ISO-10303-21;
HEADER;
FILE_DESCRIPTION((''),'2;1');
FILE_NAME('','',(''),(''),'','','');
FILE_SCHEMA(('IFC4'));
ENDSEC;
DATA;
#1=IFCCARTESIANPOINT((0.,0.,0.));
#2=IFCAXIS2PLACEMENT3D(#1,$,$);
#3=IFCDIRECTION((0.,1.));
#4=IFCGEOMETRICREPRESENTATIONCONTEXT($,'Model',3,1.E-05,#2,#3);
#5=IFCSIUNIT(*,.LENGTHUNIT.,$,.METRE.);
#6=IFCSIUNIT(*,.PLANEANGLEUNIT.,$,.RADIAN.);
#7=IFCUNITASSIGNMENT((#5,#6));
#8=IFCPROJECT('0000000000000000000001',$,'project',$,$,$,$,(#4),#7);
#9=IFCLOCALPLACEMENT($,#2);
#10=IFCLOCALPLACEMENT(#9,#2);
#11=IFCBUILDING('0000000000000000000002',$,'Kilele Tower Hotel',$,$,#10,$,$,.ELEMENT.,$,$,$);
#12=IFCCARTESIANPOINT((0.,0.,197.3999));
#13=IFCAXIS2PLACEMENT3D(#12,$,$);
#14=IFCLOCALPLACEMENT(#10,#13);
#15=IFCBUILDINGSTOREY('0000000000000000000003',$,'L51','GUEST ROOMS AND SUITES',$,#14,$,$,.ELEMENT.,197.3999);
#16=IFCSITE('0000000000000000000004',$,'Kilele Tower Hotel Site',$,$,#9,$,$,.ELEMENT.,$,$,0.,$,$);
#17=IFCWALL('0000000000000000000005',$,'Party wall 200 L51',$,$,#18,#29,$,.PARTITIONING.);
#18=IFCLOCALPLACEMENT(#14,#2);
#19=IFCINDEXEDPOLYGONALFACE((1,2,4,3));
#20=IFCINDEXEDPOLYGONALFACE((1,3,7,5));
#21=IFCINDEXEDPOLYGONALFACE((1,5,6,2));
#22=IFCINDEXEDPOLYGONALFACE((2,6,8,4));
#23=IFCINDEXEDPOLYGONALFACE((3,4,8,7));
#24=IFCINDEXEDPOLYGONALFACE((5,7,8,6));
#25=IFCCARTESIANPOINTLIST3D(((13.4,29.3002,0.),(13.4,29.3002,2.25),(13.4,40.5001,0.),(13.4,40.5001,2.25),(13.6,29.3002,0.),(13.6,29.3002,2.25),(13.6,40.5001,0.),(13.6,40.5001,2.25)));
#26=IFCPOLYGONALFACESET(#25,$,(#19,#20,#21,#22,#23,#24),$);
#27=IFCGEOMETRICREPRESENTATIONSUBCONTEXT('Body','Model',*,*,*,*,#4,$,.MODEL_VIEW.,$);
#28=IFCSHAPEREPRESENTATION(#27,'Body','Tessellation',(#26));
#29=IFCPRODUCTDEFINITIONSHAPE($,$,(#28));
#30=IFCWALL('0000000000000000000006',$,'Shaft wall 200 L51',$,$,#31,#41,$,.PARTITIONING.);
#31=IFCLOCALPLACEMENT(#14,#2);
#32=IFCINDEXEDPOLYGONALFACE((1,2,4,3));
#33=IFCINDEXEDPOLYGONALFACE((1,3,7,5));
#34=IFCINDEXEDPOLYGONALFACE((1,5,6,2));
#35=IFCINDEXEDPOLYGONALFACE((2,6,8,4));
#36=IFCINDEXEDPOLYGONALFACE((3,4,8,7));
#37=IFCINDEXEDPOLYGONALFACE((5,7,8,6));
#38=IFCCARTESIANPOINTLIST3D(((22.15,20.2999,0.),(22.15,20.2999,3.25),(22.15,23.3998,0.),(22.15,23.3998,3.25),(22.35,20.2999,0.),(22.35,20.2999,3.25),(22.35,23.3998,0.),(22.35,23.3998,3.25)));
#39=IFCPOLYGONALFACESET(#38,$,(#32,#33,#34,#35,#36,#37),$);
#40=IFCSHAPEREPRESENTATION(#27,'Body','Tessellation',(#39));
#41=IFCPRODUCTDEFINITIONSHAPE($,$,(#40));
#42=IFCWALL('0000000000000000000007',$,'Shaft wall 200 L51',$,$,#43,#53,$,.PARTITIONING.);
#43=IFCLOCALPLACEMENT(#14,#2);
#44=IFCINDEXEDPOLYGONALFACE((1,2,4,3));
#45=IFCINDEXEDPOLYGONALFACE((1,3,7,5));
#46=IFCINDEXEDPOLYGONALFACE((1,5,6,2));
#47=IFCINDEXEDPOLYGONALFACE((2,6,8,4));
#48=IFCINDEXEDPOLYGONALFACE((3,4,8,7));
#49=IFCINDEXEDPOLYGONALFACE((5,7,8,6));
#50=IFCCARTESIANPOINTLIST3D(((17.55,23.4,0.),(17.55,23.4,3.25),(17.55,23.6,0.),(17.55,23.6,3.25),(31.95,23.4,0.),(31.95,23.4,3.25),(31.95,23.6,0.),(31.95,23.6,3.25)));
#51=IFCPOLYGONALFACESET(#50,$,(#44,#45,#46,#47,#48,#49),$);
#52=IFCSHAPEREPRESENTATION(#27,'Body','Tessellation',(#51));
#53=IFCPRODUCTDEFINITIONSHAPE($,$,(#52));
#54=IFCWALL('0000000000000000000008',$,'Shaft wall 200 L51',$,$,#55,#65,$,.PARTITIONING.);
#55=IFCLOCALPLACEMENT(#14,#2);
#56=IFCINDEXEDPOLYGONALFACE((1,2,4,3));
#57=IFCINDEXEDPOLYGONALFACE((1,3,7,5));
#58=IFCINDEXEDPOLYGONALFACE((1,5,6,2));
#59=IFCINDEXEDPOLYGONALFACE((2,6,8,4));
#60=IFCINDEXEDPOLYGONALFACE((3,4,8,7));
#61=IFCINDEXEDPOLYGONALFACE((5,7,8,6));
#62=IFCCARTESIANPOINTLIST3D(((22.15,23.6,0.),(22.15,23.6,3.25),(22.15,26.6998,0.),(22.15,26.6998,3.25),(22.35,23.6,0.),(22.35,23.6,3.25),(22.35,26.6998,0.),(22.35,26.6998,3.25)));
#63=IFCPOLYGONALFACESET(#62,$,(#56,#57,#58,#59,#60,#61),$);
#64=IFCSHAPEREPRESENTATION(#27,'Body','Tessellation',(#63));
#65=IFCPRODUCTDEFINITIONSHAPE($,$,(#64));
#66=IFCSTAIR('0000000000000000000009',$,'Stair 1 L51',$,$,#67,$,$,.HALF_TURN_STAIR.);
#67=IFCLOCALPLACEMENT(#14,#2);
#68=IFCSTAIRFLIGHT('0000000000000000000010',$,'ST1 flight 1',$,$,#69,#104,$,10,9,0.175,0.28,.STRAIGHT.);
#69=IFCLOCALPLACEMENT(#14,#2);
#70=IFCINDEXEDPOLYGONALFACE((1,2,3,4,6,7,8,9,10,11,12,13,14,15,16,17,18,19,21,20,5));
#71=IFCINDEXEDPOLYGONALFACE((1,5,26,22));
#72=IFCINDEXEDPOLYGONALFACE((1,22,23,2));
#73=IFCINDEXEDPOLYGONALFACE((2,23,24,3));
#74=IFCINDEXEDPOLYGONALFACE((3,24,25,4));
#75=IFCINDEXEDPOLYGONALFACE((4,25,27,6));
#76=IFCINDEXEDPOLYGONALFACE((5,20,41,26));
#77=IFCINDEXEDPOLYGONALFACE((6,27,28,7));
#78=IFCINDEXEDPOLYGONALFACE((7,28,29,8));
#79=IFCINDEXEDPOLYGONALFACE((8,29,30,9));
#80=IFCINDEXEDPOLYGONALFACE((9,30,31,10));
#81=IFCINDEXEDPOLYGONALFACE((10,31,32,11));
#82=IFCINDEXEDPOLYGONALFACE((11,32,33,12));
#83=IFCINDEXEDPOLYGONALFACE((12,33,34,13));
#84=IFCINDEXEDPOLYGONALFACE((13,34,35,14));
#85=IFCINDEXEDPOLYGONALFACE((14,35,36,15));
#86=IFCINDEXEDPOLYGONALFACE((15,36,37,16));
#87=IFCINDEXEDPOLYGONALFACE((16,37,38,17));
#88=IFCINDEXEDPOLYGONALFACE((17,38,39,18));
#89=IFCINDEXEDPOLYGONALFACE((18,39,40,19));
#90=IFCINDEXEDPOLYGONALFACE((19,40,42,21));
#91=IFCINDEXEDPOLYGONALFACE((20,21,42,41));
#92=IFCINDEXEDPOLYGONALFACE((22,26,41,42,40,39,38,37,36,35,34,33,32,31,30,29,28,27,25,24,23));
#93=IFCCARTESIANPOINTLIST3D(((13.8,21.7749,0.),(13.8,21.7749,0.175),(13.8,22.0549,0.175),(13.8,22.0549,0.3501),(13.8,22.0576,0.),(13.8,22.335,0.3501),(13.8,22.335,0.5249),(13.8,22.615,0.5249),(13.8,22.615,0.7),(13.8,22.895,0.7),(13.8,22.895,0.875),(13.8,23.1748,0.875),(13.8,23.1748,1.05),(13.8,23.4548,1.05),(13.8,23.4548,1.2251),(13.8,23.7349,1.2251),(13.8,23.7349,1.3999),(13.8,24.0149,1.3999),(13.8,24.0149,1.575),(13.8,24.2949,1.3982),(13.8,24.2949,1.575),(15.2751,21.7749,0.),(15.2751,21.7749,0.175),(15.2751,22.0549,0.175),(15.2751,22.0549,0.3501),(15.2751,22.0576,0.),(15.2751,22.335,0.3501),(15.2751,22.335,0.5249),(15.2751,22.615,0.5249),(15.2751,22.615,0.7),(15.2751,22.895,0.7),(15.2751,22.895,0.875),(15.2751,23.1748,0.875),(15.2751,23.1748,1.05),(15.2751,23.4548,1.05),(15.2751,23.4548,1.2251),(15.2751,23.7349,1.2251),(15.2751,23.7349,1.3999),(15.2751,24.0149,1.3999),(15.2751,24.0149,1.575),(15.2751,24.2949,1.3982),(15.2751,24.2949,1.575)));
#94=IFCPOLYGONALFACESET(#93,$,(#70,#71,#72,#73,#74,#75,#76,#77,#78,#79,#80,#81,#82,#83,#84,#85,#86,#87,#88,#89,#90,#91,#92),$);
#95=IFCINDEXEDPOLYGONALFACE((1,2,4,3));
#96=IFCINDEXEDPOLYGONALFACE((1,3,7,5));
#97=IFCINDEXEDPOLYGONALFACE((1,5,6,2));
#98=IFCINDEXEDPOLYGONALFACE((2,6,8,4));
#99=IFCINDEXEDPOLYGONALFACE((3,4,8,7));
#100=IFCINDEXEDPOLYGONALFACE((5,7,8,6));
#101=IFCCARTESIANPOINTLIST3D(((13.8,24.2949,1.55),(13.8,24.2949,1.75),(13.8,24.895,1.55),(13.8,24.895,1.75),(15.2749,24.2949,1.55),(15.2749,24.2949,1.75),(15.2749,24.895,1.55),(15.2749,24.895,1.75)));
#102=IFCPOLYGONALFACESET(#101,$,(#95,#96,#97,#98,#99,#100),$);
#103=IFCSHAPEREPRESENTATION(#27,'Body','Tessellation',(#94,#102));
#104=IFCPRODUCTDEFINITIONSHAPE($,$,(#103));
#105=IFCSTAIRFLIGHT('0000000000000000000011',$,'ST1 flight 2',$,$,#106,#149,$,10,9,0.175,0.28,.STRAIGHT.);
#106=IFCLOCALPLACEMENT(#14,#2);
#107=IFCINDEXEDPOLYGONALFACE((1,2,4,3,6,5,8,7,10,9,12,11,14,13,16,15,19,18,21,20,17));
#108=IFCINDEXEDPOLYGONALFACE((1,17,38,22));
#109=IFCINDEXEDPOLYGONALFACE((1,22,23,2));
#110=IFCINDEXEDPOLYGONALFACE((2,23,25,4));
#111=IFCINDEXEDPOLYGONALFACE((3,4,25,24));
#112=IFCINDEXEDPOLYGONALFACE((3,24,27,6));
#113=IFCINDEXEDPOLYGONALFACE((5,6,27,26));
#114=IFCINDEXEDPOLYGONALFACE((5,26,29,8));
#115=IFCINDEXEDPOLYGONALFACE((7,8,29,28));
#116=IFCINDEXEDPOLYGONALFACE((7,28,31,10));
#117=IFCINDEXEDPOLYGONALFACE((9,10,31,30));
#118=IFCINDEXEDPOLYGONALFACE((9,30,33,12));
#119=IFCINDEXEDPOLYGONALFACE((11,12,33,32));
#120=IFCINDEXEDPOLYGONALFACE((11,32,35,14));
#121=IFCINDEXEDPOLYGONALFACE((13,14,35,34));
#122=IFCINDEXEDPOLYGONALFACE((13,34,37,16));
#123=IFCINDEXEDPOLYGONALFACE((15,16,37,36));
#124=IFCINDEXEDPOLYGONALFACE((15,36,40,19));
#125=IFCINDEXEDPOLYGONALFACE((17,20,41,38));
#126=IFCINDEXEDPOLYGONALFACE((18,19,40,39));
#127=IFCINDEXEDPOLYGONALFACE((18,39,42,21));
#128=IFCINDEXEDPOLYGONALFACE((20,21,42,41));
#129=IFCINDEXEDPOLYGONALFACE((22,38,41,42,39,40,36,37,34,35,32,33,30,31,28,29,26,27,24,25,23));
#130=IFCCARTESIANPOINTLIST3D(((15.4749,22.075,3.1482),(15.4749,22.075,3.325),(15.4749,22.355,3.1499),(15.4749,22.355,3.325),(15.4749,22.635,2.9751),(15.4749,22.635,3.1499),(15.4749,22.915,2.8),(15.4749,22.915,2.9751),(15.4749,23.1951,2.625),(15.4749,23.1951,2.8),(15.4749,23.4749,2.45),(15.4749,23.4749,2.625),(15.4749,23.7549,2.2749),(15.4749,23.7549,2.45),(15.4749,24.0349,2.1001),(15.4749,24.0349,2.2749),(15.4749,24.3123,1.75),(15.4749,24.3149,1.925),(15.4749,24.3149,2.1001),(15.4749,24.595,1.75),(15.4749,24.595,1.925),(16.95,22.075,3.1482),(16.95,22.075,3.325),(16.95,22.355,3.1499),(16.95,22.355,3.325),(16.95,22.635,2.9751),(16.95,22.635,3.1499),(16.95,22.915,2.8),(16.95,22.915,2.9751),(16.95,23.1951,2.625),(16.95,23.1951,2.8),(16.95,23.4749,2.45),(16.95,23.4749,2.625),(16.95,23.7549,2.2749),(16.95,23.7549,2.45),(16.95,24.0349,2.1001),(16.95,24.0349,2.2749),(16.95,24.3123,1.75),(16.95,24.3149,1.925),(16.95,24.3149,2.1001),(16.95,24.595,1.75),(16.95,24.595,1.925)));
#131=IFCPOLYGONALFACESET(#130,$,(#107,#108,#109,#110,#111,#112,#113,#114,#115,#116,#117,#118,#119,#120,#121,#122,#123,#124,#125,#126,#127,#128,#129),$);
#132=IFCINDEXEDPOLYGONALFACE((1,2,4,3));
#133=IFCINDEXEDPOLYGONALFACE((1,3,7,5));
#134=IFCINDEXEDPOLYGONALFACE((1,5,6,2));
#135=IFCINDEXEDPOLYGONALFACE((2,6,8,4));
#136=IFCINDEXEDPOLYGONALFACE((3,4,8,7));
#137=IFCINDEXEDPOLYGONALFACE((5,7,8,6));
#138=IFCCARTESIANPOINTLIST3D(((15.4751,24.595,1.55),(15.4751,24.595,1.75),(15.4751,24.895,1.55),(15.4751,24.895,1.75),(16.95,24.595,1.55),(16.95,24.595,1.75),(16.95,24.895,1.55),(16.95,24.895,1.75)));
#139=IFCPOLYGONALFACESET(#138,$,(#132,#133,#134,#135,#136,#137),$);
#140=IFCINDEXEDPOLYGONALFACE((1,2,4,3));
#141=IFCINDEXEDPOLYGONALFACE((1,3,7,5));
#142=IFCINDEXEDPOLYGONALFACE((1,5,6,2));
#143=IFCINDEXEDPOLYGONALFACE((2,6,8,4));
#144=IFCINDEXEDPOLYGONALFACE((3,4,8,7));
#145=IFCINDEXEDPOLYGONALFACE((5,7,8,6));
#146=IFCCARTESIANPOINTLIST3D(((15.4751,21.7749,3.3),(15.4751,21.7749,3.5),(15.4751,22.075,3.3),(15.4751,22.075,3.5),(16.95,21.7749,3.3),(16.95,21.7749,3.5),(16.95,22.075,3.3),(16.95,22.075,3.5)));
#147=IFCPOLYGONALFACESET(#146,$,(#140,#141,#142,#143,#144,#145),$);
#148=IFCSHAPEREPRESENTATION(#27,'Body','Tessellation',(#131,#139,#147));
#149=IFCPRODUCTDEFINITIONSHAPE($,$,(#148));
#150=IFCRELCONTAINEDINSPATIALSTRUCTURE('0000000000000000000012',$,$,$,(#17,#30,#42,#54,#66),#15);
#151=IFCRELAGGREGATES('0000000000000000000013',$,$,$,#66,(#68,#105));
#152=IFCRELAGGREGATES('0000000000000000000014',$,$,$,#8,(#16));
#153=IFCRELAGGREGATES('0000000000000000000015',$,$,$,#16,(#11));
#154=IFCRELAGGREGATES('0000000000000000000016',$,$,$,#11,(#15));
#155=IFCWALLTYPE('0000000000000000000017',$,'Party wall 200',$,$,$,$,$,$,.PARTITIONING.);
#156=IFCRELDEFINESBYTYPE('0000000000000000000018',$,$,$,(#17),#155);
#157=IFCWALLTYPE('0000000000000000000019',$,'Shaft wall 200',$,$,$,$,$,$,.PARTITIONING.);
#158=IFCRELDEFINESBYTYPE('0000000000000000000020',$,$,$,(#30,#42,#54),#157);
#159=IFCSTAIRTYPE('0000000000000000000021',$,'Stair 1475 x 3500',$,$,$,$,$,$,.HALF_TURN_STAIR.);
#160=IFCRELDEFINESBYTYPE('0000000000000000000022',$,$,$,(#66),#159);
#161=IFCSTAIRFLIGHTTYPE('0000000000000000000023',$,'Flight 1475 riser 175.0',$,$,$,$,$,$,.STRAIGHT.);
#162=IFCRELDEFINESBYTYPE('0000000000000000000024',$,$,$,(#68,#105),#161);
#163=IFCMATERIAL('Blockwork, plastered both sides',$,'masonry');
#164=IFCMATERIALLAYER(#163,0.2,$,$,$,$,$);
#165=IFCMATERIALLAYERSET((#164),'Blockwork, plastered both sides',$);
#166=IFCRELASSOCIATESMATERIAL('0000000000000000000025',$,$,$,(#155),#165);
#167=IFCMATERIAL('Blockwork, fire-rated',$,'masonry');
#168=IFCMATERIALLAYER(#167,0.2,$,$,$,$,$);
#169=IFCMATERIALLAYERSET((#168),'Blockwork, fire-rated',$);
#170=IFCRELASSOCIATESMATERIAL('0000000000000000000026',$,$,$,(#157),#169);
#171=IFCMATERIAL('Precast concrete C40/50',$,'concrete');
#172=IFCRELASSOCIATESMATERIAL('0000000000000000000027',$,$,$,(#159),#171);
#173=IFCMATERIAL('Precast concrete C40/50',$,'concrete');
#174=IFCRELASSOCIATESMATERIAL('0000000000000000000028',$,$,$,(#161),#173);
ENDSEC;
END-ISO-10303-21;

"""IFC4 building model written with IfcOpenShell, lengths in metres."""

from ifc_helpers import new_model, si_unit, direction, frame, frame_2d, origin, place, context, subcontext, project, spatial, polyline, rectangle, outline, extrude, material, layer, layer_set, type_object, element, aggregate, save


model = new_model("IFC4")

# Units and contexts
model_context = context("Model", 3, precision=1e-05, world=origin(), true_north=direction((0.0, 1.0)))
body_context = subcontext(model_context, "Body", "Model", "MODEL_VIEW")
ifc_project = project(units=[si_unit("LENGTHUNIT", "METRE"), si_unit("PLANEANGLEUNIT", "RADIAN")], contexts=[model_context])

# Site, building, storey
site_placement = place(None, origin())
site = spatial("IfcSite", under=ifc_project, at=site_placement, Name="Kilele Tower Hotel Site", CompositionType="ELEMENT", RefElevation=0.0)
building_placement = place(site_placement, origin())
building = spatial("IfcBuilding", under=site, at=building_placement, Name="Kilele Tower Hotel", CompositionType="ELEMENT")
storey_placement = place(building_placement, frame((0.0, 0.0, 197.3999)))
storey = spatial("IfcBuildingStorey", under=building, at=storey_placement, Name="L51", Description="GUEST ROOMS AND SUITES", CompositionType="ELEMENT", Elevation=197.3999)

# Walls
ifc_material_1 = material(Name="Blockwork, plastered both sides", Category="masonry")
ifc_layer_1 = layer(ifc_material_1, 0.2)
ifc_layer_set_1 = layer_set([ifc_layer_1], Name="Blockwork, plastered both sides")
wall_type_1 = type_object("IfcWallType", Name="Party wall 200", PredefinedType="PARTITIONING", material=ifc_layer_set_1)
wall_1_placement = place(storey_placement, frame((13.5, 29.3, 0.0), z_axis=(0.0, 0.0, 1.0), x_axis=(0.0, 1.0, 0.0)))
element("IfcWall", 1, at=wall_1_placement, inside=storey, type_object=wall_type_1, Name="Party wall 200 L51", PredefinedType="PARTITIONING", context=body_context, shape_type="SweptSolid", body=[
    extrude(rectangle(XDim=11.2, YDim=0.2, at=frame_2d((5.6001, 0.0))), origin(), (0.0, 0.0, 1.0), 2.25),
])
ifc_material_2 = material(Name="Blockwork, fire-rated", Category="masonry")
ifc_layer_2 = layer(ifc_material_2, 0.2)
ifc_layer_set_2 = layer_set([ifc_layer_2], Name="Blockwork, fire-rated")
wall_type_2 = type_object("IfcWallType", Name="Shaft wall 200", PredefinedType="PARTITIONING", material=ifc_layer_set_2)
wall_2_placement = place(storey_placement, frame((22.25, 20.3, 0.0), z_axis=(0.0, 0.0, 1.0), x_axis=(0.0, 1.0, 0.0)))
element("IfcWall", 2, at=wall_2_placement, inside=storey, type_object=wall_type_2, Name="Shaft wall 200 L51", PredefinedType="PARTITIONING", context=body_context, shape_type="SweptSolid", body=[
    extrude(rectangle(XDim=3.0999, YDim=0.2, at=frame_2d((1.5498, 0.0))), origin(), (0.0, 0.0, 1.0), 3.25),
])
wall_3_placement = place(storey_placement, frame((17.55, 23.5, 0.0), z_axis=(0.0, 0.0, 1.0), x_axis=(1.0, 0.0, 0.0)))
element("IfcWall", 3, at=wall_3_placement, inside=storey, type_object=wall_type_2, Name="Shaft wall 200 L51", PredefinedType="PARTITIONING", context=body_context, shape_type="SweptSolid", body=[
    extrude(rectangle(XDim=14.3999, YDim=0.2, at=frame_2d((7.2, 0.0))), origin(), (0.0, 0.0, 1.0), 3.25),
])
wall_4_placement = place(storey_placement, frame((22.25, 23.6001, 0.0), z_axis=(0.0, 0.0, 1.0), x_axis=(0.0, 1.0, 0.0)))
element("IfcWall", 4, at=wall_4_placement, inside=storey, type_object=wall_type_2, Name="Shaft wall 200 L51", PredefinedType="PARTITIONING", context=body_context, shape_type="SweptSolid", body=[
    extrude(rectangle(XDim=3.0999, YDim=0.2, at=frame_2d((1.5498, 0.0))), origin(), (0.0, 0.0, 1.0), 3.25),
])

# Stair, stair flights
ifc_material_3 = material(Name="Precast concrete C40/50", Category="concrete")
stair_type = type_object("IfcStairType", Name="Stair 1475 x 3500", PredefinedType="HALF_TURN_STAIR", material=ifc_material_3)
stair_placement = place(storey_placement, origin())
stair = element("IfcStair", 5, at=stair_placement, inside=storey, type_object=stair_type, Name="Stair 1 L51", PredefinedType="HALF_TURN_STAIR")
ifc_material_4 = material(Name="Precast concrete C40/50", Category="concrete")
stair_flight_type = type_object("IfcStairFlightType", Name="Flight 1475 riser 175.0", PredefinedType="STRAIGHT", material=ifc_material_4)
stair_flight_1_placement = place(storey_placement, frame((14.5376, 21.7749, 0.0), z_axis=(0.0, 0.0, 1.0), x_axis=(0.0, 1.0, 0.0)))
stair_flight_1 = element("IfcStairFlight", 6, at=stair_flight_1_placement, type_object=stair_flight_type, Name="ST1 flight 1", NumberOfRisers=10, NumberOfTreads=9, PredefinedType="STRAIGHT", RiserHeight=0.175, TreadLength=0.28, context=body_context, shape_type="SweptSolid", body=[
    extrude(outline(polyline([(0.0, 0.0), (0.0, 0.175), (0.28, 0.175), (0.28, 0.3501), (0.5601, 0.3501), (0.5601, 0.5249), (0.8401, 0.5249), (0.8401, 0.7), (1.1201, 0.7), (1.1201, 0.875), (1.3999, 0.875), (1.3999, 1.05), (1.6799, 1.05), (1.6799, 1.2251), (1.96, 1.2251), (1.96, 1.3999), (2.24, 1.3999), (2.24, 1.575), (2.52, 1.575), (2.52, 1.75), (2.52, 1.3982), (0.2827, 0.0), (0.0, 0.0)])), frame((0.0, 0.7375, 0.0), z_axis=(0.0, -1.0, 0.0), x_axis=(1.0, 0.0, 0.0)), (0.0, 0.0, 1.0), 1.4751),
    extrude(outline(polyline([(2.52, 0.7375), (2.52, -0.7373), (3.1201, -0.7373), (3.1201, 0.7375), (2.52, 0.7375)])), frame((0.0, 0.0, 1.55)), (0.0, 0.0, 1.0), 0.2),
])
stair_flight_2_placement = place(storey_placement, frame((16.2124, 24.595, 1.75), z_axis=(0.0, 0.0, 1.0), x_axis=(0.0, -1.0, 0.0)))
stair_flight_2 = element("IfcStairFlight", 7, at=stair_flight_2_placement, type_object=stair_flight_type, Name="ST1 flight 2", NumberOfRisers=10, NumberOfTreads=9, PredefinedType="STRAIGHT", RiserHeight=0.175, TreadLength=0.28, context=body_context, shape_type="SweptSolid", body=[
    extrude(outline(polyline([(0.0, 0.0), (0.0, 0.175), (0.28, 0.175), (0.28, 0.3501), (0.5601, 0.3501), (0.5601, 0.5249), (0.8401, 0.5249), (0.8401, 0.7), (1.1201, 0.7), (1.1201, 0.875), (1.3999, 0.875), (1.3999, 1.05), (1.6799, 1.05), (1.6799, 1.2251), (1.96, 1.2251), (1.96, 1.3999), (2.24, 1.3999), (2.24, 1.575), (2.52, 1.575), (2.52, 1.75), (2.52, 1.3982), (0.2827, 0.0), (0.0, 0.0)])), frame((0.0, 0.7375, 0.0), z_axis=(0.0, -1.0, 0.0), x_axis=(1.0, 0.0, 0.0)), (0.0, 0.0, 1.0), 1.4751),
    extrude(outline(polyline([(0.0, -0.7373), (0.0, 0.7375), (-0.3, 0.7375), (-0.3, -0.7373), (0.0, -0.7373)])), frame((0.0, 0.0, -0.2)), (0.0, 0.0, 1.0), 0.2),
    extrude(outline(polyline([(2.8201, -0.7373), (2.8201, 0.7375), (2.52, 0.7375), (2.52, -0.7373), (2.8201, -0.7373)])), frame((0.0, 0.0, 1.55)), (0.0, 0.0, 1.0), 0.2),
])
aggregate(stair, [stair_flight_1, stair_flight_2])

save(model, "model.ifc")
